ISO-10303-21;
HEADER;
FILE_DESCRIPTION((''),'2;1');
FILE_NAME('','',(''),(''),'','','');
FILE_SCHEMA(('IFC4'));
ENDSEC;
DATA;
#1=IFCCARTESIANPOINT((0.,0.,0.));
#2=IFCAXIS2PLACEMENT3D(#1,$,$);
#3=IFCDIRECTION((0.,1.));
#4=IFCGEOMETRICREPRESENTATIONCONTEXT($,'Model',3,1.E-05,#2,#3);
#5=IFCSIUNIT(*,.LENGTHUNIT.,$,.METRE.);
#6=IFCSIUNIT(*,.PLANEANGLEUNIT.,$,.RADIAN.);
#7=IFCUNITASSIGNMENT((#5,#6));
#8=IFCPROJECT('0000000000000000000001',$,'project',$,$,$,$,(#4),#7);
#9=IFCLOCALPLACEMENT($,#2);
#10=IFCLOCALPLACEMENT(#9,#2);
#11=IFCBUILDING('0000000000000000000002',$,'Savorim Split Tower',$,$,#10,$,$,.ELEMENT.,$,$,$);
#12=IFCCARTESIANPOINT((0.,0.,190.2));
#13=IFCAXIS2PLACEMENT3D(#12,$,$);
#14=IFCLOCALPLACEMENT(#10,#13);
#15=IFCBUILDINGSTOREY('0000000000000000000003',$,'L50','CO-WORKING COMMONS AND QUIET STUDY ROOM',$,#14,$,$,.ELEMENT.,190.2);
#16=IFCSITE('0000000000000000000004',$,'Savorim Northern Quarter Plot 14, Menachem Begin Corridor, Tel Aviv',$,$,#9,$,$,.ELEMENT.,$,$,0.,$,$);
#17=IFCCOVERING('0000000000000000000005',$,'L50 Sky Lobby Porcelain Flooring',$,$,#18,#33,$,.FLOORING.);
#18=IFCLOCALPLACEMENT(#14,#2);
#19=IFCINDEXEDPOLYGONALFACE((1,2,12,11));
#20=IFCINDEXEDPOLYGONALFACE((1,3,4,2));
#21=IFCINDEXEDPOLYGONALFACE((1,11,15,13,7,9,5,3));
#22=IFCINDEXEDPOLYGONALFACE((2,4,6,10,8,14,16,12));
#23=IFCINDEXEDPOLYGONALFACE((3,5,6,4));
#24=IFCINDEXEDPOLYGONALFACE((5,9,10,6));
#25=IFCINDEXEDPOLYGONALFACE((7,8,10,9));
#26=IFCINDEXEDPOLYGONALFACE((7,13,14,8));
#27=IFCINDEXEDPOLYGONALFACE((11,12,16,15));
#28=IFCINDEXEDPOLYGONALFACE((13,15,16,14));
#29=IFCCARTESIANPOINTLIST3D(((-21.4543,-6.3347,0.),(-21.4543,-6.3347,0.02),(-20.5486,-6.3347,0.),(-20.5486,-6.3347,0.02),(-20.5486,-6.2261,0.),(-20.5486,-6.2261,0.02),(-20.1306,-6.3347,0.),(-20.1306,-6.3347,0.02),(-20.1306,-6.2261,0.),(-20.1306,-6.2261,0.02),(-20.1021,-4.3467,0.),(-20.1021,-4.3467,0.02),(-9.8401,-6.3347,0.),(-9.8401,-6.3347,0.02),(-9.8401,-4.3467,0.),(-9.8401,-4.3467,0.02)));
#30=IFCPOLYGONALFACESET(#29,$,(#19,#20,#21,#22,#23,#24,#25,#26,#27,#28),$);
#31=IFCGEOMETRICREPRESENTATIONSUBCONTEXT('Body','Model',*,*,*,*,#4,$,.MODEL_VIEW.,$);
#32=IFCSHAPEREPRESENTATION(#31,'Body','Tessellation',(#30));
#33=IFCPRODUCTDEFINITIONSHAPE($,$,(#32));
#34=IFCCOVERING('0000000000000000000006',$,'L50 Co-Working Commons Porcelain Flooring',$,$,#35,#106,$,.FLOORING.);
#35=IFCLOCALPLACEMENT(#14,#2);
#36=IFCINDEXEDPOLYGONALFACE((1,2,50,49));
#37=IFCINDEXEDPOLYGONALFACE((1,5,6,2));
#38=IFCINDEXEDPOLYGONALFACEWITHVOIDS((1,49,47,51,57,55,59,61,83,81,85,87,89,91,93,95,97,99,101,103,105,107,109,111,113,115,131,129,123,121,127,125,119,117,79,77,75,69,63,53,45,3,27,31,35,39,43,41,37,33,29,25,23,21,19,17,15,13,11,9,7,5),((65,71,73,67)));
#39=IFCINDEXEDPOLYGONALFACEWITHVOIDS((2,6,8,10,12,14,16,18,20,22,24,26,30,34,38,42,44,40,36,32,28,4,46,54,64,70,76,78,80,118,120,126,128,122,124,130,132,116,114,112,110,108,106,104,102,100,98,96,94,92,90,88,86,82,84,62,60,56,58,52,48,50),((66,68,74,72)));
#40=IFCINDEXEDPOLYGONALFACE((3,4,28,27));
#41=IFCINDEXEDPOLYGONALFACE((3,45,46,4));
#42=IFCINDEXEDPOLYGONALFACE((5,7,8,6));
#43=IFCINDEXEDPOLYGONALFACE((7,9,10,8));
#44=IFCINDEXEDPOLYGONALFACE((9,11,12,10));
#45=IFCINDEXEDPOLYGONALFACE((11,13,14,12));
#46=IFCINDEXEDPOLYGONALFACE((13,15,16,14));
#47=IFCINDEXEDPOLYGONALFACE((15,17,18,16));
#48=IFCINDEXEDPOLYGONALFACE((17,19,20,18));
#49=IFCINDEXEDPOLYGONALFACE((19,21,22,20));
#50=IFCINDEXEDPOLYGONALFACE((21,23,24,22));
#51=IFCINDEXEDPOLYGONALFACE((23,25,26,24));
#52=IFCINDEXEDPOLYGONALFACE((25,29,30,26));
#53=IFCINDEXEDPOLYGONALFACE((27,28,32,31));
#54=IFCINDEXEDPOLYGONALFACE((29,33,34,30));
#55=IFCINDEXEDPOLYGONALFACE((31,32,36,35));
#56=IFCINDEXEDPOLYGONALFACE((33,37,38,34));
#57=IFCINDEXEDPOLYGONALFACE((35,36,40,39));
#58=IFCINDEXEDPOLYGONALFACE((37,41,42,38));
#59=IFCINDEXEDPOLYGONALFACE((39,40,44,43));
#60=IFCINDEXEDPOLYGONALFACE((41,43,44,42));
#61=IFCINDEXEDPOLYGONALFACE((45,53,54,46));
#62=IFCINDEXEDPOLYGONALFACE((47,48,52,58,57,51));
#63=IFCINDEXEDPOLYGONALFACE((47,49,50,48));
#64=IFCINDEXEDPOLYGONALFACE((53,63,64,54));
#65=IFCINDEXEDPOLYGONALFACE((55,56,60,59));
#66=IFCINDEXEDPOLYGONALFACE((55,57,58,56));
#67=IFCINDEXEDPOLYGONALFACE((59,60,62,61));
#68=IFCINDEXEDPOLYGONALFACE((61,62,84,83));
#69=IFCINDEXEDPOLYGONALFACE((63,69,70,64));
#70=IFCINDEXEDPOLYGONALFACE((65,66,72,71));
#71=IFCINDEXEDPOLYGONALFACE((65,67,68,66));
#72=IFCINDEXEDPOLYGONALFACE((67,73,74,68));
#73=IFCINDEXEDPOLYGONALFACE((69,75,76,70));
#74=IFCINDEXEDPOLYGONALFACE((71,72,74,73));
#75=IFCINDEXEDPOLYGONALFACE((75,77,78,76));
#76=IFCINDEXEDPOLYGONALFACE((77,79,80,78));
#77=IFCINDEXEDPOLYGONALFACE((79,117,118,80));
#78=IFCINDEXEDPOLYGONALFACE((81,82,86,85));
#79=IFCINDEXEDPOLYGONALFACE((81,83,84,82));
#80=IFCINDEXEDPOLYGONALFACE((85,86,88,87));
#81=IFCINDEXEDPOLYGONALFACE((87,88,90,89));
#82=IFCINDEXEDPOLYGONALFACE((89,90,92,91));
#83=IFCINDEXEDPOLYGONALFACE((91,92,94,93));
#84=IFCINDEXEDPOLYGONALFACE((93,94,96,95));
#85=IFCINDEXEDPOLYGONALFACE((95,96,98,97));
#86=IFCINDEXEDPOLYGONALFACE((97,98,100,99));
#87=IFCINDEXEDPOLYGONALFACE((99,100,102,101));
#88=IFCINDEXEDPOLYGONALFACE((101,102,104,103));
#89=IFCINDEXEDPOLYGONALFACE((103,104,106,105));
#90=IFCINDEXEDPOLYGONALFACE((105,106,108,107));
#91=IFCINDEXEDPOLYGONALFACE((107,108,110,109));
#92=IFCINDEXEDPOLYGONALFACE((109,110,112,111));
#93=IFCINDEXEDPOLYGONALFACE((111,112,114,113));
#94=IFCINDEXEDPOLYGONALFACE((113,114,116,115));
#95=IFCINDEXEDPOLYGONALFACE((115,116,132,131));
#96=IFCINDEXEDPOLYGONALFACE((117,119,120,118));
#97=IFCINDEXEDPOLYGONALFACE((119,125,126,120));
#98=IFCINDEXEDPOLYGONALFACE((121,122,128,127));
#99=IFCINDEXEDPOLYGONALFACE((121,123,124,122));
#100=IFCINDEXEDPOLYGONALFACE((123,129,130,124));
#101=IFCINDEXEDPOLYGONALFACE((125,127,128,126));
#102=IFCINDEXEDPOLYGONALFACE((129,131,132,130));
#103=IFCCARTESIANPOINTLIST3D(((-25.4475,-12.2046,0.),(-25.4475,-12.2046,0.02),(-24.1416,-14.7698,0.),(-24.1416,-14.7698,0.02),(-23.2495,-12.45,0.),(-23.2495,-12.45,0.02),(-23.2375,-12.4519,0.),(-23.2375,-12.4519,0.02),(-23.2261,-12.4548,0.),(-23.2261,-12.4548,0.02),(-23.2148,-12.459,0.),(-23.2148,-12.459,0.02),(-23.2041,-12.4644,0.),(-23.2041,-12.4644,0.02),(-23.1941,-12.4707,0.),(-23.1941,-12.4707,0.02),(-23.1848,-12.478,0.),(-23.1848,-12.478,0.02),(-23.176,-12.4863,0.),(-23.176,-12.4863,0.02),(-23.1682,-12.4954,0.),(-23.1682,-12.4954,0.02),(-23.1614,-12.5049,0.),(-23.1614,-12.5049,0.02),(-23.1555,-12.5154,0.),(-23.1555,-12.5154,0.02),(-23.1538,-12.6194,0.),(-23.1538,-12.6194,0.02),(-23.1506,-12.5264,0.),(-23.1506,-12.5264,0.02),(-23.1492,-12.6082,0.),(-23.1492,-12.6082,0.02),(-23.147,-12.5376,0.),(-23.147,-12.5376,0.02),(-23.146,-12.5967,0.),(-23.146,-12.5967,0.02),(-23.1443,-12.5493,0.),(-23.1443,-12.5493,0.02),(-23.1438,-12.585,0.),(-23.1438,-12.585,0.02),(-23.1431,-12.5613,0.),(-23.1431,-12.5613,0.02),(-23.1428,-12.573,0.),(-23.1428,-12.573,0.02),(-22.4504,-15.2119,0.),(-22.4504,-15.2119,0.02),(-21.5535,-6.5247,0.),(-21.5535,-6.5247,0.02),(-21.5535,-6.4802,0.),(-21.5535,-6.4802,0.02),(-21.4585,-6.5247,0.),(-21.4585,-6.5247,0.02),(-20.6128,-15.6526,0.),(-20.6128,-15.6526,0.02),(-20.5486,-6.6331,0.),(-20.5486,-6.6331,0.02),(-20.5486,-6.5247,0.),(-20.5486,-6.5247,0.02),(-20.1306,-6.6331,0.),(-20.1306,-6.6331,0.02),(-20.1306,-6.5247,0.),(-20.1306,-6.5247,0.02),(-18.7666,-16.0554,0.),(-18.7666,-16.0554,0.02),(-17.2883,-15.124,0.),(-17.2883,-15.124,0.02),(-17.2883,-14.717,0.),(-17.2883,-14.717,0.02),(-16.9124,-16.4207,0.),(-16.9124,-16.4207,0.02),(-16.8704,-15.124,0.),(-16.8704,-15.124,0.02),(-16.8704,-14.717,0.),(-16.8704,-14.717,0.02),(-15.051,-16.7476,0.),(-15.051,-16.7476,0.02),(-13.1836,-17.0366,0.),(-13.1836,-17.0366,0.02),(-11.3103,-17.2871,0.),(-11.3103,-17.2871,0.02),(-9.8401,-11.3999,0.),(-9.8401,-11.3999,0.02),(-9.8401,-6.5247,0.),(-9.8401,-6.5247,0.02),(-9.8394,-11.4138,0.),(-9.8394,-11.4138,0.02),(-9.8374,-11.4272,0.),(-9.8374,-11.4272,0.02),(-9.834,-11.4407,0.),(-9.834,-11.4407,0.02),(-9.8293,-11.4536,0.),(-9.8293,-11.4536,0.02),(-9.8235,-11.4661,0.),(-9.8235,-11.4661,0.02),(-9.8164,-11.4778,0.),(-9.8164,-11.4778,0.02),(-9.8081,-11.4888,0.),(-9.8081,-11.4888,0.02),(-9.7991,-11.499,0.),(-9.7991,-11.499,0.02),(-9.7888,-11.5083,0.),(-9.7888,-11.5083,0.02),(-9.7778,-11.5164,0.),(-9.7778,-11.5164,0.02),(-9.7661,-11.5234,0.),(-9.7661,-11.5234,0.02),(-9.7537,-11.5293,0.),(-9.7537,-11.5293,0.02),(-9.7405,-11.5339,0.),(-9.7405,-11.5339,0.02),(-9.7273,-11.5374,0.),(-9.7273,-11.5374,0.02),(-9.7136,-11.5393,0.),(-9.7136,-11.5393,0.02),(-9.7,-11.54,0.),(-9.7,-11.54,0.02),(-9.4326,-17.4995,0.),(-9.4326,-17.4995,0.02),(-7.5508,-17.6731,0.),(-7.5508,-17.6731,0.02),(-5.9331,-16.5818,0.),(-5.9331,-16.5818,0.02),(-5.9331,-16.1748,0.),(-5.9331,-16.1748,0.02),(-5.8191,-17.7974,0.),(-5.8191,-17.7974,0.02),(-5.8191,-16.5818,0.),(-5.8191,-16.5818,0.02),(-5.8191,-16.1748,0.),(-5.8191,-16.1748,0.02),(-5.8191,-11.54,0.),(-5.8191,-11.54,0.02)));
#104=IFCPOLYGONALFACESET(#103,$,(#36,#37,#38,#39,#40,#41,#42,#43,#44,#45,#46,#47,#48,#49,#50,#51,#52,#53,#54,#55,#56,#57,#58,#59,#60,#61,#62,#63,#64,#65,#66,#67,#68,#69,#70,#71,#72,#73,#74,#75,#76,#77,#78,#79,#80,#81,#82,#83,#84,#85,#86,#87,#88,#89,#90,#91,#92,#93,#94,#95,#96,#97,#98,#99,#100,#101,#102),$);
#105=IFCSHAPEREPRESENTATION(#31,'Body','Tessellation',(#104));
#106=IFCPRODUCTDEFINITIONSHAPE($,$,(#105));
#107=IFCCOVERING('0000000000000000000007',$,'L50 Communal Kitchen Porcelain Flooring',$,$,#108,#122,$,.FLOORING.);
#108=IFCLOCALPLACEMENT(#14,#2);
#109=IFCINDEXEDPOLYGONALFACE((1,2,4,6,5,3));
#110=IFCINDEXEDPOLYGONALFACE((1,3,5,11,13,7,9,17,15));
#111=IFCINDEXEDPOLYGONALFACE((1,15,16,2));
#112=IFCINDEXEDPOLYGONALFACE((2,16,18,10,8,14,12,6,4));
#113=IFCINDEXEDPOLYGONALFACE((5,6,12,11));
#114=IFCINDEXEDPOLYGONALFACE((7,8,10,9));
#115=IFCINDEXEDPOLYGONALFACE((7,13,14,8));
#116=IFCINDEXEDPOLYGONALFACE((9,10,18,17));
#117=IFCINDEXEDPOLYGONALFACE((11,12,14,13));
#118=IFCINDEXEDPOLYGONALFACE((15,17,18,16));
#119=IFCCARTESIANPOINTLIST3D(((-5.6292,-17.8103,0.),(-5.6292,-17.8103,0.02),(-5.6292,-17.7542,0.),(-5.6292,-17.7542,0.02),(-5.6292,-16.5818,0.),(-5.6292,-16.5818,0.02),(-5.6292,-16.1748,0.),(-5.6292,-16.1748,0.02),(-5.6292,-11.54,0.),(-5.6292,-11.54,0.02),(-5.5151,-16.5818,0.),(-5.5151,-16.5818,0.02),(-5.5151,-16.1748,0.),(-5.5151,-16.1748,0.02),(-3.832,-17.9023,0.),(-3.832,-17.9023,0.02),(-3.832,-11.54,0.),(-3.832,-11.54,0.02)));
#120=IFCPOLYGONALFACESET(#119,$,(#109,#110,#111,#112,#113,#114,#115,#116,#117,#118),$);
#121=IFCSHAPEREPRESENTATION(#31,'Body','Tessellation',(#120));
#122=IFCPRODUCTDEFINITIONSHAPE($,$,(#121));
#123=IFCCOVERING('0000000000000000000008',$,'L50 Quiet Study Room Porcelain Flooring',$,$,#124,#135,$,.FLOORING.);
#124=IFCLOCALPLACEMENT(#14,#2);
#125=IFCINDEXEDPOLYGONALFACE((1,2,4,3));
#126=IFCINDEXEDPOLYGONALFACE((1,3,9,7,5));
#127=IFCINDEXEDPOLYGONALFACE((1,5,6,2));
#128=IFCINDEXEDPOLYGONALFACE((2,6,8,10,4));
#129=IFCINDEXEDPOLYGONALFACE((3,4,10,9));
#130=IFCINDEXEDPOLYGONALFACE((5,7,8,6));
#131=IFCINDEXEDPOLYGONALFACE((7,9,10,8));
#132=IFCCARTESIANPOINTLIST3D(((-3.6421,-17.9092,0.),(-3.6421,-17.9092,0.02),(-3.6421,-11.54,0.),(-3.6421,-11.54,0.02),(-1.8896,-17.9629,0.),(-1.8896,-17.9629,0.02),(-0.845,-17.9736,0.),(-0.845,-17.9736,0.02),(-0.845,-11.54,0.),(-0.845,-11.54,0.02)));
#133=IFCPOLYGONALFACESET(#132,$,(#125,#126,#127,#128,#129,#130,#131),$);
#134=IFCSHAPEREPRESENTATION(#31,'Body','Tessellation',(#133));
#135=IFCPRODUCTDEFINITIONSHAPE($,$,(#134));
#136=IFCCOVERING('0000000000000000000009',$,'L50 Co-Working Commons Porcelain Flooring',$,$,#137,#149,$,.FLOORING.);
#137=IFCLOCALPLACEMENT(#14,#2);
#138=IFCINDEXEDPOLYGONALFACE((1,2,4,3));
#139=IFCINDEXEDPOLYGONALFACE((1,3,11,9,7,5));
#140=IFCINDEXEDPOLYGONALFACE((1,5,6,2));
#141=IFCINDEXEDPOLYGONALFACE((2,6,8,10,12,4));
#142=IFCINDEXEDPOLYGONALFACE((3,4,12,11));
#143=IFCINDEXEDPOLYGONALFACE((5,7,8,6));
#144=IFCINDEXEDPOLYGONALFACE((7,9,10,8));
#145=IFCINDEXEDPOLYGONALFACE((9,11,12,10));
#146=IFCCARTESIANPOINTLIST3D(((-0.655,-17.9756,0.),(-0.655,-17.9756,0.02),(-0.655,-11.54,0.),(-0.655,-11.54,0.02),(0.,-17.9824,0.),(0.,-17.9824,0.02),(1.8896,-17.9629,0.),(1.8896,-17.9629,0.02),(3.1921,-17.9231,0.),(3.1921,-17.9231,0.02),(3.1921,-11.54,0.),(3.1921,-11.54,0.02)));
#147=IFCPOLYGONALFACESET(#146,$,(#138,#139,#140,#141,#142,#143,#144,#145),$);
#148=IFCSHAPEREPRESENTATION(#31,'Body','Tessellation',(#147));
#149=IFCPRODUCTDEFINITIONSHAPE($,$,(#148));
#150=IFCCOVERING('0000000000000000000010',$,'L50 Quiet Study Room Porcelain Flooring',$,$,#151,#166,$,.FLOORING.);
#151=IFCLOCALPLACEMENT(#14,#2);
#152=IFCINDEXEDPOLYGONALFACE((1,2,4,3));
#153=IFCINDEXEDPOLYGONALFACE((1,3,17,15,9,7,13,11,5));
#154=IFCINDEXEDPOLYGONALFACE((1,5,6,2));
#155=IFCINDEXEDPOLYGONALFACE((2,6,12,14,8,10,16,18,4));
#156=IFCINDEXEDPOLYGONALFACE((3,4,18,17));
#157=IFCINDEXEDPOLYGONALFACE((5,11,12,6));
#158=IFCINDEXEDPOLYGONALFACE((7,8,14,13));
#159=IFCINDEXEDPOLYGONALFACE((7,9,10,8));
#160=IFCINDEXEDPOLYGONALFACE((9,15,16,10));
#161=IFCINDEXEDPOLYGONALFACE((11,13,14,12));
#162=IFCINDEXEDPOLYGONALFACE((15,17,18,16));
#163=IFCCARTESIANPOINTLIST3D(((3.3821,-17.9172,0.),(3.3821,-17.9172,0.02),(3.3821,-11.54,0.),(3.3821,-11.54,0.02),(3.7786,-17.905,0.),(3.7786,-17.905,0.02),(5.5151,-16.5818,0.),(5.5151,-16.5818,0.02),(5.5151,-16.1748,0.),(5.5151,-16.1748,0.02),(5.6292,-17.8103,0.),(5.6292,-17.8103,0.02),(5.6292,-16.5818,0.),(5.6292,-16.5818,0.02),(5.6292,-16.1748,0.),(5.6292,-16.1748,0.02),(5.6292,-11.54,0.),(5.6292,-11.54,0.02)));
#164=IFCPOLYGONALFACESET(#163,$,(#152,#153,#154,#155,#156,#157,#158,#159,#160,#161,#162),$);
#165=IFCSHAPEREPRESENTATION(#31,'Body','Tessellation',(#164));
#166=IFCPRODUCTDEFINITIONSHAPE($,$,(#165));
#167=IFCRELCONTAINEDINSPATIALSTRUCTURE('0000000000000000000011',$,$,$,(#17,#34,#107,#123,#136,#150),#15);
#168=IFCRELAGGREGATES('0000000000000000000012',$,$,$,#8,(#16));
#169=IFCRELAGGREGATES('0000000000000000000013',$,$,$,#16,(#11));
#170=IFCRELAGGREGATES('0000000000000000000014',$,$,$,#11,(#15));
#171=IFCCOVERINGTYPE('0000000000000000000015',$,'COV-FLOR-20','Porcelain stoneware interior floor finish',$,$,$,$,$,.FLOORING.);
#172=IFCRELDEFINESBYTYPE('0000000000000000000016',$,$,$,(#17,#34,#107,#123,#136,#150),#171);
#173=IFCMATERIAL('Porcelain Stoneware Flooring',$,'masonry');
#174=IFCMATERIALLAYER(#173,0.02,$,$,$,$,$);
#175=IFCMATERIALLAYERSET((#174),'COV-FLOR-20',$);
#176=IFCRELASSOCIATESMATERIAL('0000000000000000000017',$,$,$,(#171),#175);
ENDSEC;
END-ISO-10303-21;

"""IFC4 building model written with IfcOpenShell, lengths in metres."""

from ifc_helpers import new_model, si_unit, direction, frame, origin, place, context, subcontext, project, spatial, polyline, outline, extrude, material, layer, layer_set, type_object, element, save


model = new_model("IFC4")

# Units and contexts
model_context = context("Model", 3, precision=1e-05, world=origin(), true_north=direction((0.0, 1.0)))
body_context = subcontext(model_context, "Body", "Model", "MODEL_VIEW")
ifc_project = project(units=[si_unit("LENGTHUNIT", "METRE"), si_unit("PLANEANGLEUNIT", "RADIAN")], contexts=[model_context])

# Site, building, storey
site_placement = place(None, origin())
site = spatial("IfcSite", under=ifc_project, at=site_placement, Name="Savorim Northern Quarter Plot 14, Menachem Begin Corridor, Tel Aviv", CompositionType="ELEMENT", RefElevation=0.0)
building_placement = place(site_placement, origin())
building = spatial("IfcBuilding", under=site, at=building_placement, Name="Savorim Split Tower", CompositionType="ELEMENT")
storey_placement = place(building_placement, frame((0.0, 0.0, 190.2)))
storey = spatial("IfcBuildingStorey", under=building, at=storey_placement, Name="L50", Description="CO-WORKING COMMONS AND QUIET STUDY ROOM", CompositionType="ELEMENT", Elevation=190.2)

# Coverings
ifc_material_1 = material(Name="Porcelain Stoneware Flooring", Category="masonry")
ifc_layer_1 = layer(ifc_material_1, 0.02)
ifc_layer_set_1 = layer_set([ifc_layer_1], Name="COV-FLOR-20")
covering_type_1 = type_object("IfcCoveringType", Name="COV-FLOR-20", Description="Porcelain stoneware interior floor finish", PredefinedType="FLOORING", material=ifc_layer_set_1)
covering_1_placement = place(storey_placement, origin())
element("IfcCovering", 1, at=covering_1_placement, inside=storey, type_object=covering_type_1, Name="L50 Sky Lobby Porcelain Flooring", PredefinedType="FLOORING", context=body_context, shape_type="SweptSolid", body=[
    extrude(outline(polyline([(-20.1306, -6.2261), (-20.1306, -6.3347), (-9.8401, -6.3347), (-9.8401, -4.3467), (-20.1021, -4.3467), (-21.4543, -6.3347), (-20.5486, -6.3347), (-20.5486, -6.2261), (-20.1306, -6.2261)])), origin(), (0.0, 0.0, 1.0), 0.02),
])
covering_2_placement = place(storey_placement, origin())
element("IfcCovering", 2, at=covering_2_placement, inside=storey, type_object=covering_type_1, Name="L50 Co-Working Commons Porcelain Flooring", PredefinedType="FLOORING", context=body_context, shape_type="SweptSolid", body=[
    extrude(outline(polyline([(-23.1428, -12.573), (-23.1438, -12.585), (-23.146, -12.5967), (-23.1492, -12.6082), (-23.1538, -12.6194), (-24.1416, -14.7698), (-22.4504, -15.2119), (-20.6128, -15.6526), (-18.7666, -16.0554), (-16.9124, -16.4207), (-15.051, -16.7476), (-13.1836, -17.0366), (-11.3103, -17.2871), (-9.4326, -17.4995), (-7.5508, -17.6731), (-5.8191, -17.7974), (-5.8191, -16.5818), (-5.9331, -16.5818), (-5.9331, -16.1748), (-5.8191, -16.1748), (-5.8191, -11.54), (-9.7, -11.54), (-9.7136, -11.5393), (-9.7273, -11.5374), (-9.7405, -11.5339), (-9.7537, -11.5293), (-9.7661, -11.5234), (-9.7778, -11.5164), (-9.7888, -11.5083), (-9.7991, -11.499), (-9.8081, -11.4888), (-9.8164, -11.4778), (-9.8235, -11.4661), (-9.8293, -11.4536), (-9.834, -11.4407), (-9.8374, -11.4272), (-9.8394, -11.4138), (-9.8401, -11.3999), (-9.8401, -6.5247), (-20.1306, -6.5247), (-20.1306, -6.6331), (-20.5486, -6.6331), (-20.5486, -6.5247), (-21.4585, -6.5247), (-21.5535, -6.5247), (-21.5535, -6.4802), (-25.4475, -12.2046), (-23.2495, -12.45), (-23.2375, -12.4519), (-23.2261, -12.4548), (-23.2148, -12.459), (-23.2041, -12.4644), (-23.1941, -12.4707), (-23.1848, -12.478), (-23.176, -12.4863), (-23.1682, -12.4954), (-23.1614, -12.5049), (-23.1555, -12.5154), (-23.1506, -12.5264), (-23.147, -12.5376), (-23.1443, -12.5493), (-23.1431, -12.5613), (-23.1428, -12.573)]), holes=[polyline([(-17.2883, -15.124), (-16.8704, -15.124), (-16.8704, -14.717), (-17.2883, -14.717), (-17.2883, -15.124)])]), origin(), (0.0, 0.0, 1.0), 0.02),
])
covering_3_placement = place(storey_placement, origin())
element("IfcCovering", 3, at=covering_3_placement, inside=storey, type_object=covering_type_1, Name="L50 Communal Kitchen Porcelain Flooring", PredefinedType="FLOORING", context=body_context, shape_type="SweptSolid", body=[
    extrude(outline(polyline([(-5.6292, -16.5818), (-5.6292, -17.7542), (-5.6292, -17.8103), (-3.832, -17.9023), (-3.832, -11.54), (-5.6292, -11.54), (-5.6292, -16.1748), (-5.5151, -16.1748), (-5.5151, -16.5818), (-5.6292, -16.5818)])), origin(), (0.0, 0.0, 1.0), 0.02),
])
covering_4_placement = place(storey_placement, origin())
element("IfcCovering", 4, at=covering_4_placement, inside=storey, type_object=covering_type_1, Name="L50 Quiet Study Room Porcelain Flooring", PredefinedType="FLOORING", context=body_context, shape_type="SweptSolid", body=[
    extrude(outline(polyline([(-3.6421, -11.54), (-3.6421, -17.9092), (-1.8896, -17.9629), (-0.845, -17.9736), (-0.845, -11.54), (-3.6421, -11.54)])), origin(), (0.0, 0.0, 1.0), 0.02),
])
covering_5_placement = place(storey_placement, origin())
element("IfcCovering", 5, at=covering_5_placement, inside=storey, type_object=covering_type_1, Name="L50 Co-Working Commons Porcelain Flooring", PredefinedType="FLOORING", context=body_context, shape_type="SweptSolid", body=[
    extrude(outline(polyline([(-0.655, -17.9756), (0.0, -17.9824), (1.8896, -17.9629), (3.1921, -17.9231), (3.1921, -11.54), (-0.655, -11.54), (-0.655, -17.9756)])), origin(), (0.0, 0.0, 1.0), 0.02),
])
covering_6_placement = place(storey_placement, origin())
element("IfcCovering", 6, at=covering_6_placement, inside=storey, type_object=covering_type_1, Name="L50 Quiet Study Room Porcelain Flooring", PredefinedType="FLOORING", context=body_context, shape_type="SweptSolid", body=[
    extrude(outline(polyline([(5.6292, -11.54), (3.3821, -11.54), (3.3821, -17.9172), (3.7786, -17.905), (5.6292, -17.8103), (5.6292, -16.5818), (5.5151, -16.5818), (5.5151, -16.1748), (5.6292, -16.1748), (5.6292, -11.54)])), origin(), (0.0, 0.0, 1.0), 0.02),
])

save(model, "model.ifc")
